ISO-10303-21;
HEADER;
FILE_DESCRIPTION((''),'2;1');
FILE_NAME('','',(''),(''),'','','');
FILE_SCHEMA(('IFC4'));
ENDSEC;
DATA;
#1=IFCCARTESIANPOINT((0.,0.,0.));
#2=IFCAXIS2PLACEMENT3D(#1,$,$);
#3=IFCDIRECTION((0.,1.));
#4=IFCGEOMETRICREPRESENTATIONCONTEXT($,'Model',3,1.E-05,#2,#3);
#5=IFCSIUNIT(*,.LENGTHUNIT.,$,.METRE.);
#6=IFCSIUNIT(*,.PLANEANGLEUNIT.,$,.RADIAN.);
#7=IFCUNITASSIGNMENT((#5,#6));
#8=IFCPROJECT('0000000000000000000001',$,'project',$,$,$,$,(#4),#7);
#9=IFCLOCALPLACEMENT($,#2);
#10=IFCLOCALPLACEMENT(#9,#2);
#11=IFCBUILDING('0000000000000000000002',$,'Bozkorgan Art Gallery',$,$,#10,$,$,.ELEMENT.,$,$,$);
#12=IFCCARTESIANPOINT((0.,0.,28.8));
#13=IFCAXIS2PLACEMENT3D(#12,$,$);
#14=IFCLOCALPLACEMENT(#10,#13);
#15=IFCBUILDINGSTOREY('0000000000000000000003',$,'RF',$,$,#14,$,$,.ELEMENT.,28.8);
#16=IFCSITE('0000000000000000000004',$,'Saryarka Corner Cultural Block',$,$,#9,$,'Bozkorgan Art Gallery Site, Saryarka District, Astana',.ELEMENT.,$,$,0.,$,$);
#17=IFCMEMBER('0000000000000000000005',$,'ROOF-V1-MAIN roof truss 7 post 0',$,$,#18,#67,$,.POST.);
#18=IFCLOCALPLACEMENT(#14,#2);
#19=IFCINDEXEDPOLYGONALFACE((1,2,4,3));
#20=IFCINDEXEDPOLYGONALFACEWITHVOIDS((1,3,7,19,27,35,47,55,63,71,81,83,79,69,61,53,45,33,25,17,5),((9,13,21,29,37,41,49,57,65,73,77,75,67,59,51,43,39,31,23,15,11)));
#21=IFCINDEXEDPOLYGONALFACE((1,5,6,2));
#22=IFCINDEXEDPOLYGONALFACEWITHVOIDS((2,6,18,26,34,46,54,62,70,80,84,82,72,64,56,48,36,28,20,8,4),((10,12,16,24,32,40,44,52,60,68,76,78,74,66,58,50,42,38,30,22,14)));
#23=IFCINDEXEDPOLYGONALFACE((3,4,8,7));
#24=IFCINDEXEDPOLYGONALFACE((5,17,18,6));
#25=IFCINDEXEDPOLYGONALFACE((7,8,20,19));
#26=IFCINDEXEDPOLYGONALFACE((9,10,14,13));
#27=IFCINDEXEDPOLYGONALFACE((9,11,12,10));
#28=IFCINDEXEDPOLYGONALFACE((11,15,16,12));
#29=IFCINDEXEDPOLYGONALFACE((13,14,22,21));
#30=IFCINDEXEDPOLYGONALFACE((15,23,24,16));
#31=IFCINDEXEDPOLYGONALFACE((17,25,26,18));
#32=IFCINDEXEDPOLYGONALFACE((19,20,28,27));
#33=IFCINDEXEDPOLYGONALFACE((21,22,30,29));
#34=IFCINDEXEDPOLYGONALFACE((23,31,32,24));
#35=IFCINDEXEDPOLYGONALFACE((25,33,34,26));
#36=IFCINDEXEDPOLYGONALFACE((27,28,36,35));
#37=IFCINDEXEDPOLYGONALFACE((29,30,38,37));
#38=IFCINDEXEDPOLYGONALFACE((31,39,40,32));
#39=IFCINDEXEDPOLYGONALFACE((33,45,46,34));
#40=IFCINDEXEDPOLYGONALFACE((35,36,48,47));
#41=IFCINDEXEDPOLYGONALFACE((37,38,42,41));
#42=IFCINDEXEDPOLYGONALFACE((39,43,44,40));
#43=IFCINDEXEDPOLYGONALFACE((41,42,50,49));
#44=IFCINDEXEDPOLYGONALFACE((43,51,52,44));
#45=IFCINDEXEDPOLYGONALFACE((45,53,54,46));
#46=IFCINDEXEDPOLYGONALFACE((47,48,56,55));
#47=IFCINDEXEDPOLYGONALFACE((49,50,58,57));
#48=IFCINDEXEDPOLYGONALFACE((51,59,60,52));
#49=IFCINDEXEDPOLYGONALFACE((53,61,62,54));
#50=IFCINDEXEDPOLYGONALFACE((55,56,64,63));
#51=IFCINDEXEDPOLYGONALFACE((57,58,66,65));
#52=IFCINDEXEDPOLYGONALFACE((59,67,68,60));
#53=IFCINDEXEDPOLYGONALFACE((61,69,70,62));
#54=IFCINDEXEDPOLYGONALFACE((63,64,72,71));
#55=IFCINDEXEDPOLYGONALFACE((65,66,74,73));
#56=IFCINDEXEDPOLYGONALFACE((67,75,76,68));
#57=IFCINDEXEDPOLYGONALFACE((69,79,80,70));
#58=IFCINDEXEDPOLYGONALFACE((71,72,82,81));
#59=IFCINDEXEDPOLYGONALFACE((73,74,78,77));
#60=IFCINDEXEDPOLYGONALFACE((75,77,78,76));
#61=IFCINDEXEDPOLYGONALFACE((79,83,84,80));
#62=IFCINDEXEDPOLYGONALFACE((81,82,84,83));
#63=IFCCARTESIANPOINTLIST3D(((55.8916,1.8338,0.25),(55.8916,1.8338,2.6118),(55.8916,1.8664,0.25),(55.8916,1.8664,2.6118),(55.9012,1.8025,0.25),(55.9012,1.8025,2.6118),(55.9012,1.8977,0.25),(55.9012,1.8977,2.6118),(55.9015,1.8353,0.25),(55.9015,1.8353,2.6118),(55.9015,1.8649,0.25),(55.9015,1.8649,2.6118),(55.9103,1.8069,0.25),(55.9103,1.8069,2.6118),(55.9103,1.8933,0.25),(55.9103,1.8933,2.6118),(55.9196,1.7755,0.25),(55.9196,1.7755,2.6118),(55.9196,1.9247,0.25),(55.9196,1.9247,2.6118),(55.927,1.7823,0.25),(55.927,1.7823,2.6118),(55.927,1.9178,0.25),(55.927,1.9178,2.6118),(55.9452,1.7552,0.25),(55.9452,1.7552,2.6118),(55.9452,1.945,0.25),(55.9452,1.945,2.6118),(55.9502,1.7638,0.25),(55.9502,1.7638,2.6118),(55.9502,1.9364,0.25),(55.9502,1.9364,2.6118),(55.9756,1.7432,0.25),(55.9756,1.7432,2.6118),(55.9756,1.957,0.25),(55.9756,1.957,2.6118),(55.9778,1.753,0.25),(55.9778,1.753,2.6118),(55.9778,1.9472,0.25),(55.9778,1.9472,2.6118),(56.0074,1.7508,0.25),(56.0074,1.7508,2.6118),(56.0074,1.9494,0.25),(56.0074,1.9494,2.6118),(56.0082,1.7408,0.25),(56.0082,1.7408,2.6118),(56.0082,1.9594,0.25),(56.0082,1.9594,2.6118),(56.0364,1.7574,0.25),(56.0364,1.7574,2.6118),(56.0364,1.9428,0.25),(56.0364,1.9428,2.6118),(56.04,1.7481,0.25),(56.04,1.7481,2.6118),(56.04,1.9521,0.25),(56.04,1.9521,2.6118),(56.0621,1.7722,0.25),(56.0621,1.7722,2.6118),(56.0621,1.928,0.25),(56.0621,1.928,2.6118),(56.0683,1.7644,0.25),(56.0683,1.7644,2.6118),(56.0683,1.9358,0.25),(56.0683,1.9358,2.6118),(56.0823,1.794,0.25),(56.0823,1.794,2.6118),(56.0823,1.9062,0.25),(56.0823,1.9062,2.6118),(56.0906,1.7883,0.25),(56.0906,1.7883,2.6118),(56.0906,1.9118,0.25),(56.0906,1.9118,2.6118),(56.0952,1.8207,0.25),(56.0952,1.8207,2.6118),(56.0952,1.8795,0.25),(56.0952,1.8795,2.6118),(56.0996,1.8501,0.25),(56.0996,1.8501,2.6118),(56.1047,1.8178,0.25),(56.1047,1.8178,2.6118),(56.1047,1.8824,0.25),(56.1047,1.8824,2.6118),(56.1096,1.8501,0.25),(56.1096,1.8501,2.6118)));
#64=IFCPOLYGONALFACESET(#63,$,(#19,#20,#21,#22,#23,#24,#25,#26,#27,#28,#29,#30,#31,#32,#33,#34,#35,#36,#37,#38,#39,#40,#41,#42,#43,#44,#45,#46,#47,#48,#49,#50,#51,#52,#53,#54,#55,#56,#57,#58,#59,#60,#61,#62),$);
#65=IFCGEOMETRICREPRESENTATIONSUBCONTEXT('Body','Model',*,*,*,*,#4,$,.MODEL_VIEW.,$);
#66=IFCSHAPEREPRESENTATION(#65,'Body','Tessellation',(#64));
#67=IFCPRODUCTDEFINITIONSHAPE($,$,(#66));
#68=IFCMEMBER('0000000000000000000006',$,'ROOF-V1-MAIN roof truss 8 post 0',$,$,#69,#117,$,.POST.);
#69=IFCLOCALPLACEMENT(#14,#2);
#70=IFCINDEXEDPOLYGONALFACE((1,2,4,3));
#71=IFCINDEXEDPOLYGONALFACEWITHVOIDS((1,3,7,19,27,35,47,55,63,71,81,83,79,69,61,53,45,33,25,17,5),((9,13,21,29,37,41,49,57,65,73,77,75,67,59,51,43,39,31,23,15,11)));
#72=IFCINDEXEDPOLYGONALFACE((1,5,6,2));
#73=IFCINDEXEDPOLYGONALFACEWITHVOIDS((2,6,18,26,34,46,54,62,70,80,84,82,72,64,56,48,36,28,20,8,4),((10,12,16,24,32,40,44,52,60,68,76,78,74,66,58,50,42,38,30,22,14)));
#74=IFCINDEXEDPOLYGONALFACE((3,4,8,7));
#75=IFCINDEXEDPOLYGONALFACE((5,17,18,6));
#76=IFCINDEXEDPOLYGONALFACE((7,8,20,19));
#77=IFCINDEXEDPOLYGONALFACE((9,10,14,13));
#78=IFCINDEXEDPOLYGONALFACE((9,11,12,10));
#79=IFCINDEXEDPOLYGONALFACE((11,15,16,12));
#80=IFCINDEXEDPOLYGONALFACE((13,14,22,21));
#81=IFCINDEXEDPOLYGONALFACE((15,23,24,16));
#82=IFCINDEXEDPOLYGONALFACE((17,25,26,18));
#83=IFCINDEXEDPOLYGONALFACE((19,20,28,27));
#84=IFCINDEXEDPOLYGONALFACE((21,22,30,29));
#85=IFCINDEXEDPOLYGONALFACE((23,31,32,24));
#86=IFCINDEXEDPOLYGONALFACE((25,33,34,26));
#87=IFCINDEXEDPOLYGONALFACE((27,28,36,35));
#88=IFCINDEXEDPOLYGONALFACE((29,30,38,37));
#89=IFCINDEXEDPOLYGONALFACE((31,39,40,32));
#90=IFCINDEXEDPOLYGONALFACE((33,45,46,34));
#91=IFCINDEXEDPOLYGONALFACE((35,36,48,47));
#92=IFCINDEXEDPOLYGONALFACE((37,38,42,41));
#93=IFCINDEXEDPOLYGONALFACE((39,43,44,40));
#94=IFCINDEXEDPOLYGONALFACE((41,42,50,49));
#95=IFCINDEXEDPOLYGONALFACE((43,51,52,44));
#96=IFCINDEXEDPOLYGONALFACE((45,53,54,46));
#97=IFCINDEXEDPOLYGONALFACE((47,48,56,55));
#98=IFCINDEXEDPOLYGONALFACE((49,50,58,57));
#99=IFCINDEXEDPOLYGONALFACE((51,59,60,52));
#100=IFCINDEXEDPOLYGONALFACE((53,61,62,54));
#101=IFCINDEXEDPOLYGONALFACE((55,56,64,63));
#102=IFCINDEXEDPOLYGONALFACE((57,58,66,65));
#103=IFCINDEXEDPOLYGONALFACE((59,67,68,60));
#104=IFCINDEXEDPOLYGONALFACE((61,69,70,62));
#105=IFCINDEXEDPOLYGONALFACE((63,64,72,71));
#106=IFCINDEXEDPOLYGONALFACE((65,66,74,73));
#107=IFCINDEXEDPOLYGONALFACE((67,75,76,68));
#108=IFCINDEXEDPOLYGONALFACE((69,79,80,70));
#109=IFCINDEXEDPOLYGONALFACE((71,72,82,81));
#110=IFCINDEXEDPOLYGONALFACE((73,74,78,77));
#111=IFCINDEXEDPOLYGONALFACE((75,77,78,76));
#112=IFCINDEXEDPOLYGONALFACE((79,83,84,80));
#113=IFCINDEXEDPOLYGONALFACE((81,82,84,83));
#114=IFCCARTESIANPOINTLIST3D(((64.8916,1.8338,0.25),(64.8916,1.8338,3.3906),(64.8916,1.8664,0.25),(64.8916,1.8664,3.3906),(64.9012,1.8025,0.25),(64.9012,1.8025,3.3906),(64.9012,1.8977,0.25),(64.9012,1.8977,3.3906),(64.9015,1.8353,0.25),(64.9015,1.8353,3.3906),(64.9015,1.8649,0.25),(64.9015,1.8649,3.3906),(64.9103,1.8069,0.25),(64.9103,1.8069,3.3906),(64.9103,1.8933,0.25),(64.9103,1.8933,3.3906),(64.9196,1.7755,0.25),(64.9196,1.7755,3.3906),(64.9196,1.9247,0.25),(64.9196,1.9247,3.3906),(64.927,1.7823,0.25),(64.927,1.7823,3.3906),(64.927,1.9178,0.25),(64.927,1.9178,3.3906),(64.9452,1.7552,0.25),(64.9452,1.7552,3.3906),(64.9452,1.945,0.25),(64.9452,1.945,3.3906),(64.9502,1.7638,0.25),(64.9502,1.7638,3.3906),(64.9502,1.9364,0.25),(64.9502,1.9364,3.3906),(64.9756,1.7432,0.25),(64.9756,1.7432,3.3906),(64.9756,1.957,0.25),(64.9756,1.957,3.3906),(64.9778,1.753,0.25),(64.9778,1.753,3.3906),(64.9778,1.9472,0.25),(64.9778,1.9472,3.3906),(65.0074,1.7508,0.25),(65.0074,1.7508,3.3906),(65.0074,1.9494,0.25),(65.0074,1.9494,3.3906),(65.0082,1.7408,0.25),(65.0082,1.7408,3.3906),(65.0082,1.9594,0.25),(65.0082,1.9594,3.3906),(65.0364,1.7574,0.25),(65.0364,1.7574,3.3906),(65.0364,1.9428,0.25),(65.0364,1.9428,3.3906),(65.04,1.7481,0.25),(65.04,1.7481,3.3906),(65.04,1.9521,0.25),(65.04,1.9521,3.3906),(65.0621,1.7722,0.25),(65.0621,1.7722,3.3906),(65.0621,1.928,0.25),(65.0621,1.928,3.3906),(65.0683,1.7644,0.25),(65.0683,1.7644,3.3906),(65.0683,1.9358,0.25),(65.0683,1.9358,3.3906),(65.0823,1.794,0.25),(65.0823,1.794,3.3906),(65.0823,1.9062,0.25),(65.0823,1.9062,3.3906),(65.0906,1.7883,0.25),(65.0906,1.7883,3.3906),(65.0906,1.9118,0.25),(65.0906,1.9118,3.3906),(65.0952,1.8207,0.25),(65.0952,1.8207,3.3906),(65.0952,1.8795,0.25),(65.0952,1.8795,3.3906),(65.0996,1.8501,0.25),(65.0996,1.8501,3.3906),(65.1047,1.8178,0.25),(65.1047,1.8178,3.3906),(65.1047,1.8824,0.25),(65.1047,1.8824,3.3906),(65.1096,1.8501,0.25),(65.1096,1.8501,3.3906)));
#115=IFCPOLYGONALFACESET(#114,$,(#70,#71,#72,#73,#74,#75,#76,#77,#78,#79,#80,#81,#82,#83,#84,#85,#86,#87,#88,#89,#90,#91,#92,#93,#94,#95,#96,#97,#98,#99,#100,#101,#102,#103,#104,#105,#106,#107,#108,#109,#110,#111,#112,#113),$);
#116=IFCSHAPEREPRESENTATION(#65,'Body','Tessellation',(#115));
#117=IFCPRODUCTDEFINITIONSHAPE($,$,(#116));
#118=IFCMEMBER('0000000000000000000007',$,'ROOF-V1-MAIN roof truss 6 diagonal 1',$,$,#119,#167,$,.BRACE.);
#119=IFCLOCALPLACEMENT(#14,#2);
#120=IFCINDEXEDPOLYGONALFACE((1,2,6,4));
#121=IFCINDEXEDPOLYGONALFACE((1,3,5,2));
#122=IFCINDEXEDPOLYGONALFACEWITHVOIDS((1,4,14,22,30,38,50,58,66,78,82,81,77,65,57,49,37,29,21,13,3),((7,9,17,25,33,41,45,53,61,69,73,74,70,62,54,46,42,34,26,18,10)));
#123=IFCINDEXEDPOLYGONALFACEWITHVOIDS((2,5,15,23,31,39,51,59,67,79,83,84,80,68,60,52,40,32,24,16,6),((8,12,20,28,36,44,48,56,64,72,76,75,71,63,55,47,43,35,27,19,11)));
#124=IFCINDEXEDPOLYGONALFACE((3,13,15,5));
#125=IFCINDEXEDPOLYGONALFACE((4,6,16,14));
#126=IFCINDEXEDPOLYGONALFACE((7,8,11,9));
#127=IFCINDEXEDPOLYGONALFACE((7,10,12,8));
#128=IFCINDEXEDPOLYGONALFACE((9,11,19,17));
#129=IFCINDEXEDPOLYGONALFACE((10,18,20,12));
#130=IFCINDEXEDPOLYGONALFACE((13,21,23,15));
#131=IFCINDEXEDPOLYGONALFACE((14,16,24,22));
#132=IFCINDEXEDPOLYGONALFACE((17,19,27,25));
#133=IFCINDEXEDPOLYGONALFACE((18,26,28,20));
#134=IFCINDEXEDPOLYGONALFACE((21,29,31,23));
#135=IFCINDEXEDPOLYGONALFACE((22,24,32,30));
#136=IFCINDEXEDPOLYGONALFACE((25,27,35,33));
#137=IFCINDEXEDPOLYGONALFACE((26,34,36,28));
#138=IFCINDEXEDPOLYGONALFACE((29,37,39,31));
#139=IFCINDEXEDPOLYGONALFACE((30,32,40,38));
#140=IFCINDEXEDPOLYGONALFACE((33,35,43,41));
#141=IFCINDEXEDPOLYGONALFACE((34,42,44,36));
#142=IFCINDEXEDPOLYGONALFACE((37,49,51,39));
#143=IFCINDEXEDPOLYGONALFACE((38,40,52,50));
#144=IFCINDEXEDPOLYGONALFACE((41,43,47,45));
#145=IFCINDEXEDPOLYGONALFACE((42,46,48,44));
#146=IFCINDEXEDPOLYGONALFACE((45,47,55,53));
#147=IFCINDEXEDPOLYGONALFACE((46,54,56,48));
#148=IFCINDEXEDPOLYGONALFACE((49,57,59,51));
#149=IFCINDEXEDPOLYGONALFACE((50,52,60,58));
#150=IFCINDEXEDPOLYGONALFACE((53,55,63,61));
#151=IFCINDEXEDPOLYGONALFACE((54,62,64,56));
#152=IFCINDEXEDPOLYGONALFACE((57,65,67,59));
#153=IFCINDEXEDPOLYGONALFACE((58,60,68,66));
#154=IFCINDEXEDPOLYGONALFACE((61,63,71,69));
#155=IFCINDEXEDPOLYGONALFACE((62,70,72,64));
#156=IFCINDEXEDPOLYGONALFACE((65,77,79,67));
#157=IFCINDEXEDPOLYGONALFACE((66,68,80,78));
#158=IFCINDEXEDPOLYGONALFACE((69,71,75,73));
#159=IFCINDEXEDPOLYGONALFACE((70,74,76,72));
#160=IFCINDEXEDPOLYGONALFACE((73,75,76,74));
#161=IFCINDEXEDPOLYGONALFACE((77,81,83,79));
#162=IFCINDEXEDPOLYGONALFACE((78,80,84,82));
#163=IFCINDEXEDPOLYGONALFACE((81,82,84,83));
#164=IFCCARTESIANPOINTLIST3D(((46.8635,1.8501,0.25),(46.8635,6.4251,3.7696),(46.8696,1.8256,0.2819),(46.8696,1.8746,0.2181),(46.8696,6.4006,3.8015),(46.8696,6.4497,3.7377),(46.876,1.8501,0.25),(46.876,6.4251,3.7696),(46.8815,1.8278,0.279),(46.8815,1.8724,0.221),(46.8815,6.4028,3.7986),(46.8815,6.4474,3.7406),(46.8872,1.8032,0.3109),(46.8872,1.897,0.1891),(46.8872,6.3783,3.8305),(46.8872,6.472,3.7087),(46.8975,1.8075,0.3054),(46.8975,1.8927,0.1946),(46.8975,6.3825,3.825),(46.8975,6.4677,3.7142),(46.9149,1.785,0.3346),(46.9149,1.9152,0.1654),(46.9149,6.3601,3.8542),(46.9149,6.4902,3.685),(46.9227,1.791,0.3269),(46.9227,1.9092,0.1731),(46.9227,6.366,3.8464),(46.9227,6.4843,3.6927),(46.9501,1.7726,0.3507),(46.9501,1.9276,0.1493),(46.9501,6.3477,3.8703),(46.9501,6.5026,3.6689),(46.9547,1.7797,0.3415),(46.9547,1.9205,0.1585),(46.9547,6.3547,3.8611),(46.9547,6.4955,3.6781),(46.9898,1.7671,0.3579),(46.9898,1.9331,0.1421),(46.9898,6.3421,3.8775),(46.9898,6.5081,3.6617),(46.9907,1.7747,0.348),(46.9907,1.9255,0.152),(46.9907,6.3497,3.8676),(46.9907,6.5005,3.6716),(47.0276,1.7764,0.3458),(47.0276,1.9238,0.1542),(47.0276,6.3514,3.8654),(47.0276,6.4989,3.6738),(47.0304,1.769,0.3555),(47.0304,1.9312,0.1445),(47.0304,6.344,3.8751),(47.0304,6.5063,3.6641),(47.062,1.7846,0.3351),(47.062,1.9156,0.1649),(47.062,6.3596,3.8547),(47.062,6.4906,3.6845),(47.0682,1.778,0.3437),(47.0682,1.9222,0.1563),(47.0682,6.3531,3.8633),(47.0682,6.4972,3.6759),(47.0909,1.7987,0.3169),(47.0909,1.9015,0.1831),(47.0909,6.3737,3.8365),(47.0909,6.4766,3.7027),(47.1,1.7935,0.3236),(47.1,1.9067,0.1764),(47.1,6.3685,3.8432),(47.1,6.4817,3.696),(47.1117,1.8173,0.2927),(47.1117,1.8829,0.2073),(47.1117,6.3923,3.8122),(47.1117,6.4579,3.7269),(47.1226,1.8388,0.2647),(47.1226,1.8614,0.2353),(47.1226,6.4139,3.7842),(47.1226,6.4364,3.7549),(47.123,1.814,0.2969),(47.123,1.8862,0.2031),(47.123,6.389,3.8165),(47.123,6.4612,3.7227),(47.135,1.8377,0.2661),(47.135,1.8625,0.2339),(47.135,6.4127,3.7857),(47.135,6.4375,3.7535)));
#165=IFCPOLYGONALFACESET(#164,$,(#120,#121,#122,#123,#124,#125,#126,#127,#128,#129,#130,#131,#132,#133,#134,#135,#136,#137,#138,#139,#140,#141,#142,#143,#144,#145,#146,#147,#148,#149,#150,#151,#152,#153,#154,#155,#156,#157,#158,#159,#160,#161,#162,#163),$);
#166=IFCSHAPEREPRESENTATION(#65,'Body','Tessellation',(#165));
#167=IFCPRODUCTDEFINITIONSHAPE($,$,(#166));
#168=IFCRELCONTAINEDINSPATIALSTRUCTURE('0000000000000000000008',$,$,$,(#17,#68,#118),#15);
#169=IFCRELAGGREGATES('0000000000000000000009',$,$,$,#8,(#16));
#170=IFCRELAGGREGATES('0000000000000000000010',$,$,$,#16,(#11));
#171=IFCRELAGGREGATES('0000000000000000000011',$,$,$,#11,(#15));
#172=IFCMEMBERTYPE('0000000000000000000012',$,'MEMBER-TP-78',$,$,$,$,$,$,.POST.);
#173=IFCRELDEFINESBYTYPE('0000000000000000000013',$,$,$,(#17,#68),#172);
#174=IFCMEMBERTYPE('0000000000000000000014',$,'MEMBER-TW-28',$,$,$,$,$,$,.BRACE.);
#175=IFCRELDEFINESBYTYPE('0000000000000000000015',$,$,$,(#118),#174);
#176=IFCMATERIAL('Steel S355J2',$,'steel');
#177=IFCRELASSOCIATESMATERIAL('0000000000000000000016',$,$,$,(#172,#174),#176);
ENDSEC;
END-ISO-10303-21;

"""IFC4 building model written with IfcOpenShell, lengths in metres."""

from ifc_helpers import new_model, si_unit, direction, frame, origin, origin_2d, place, context, subcontext, project, spatial, hollow_circle, extrude, material, material_profile, profile_set, type_object, element, save


model = new_model("IFC4")

# Units and contexts
model_context = context("Model", 3, precision=1e-05, world=origin(), true_north=direction((0.0, 1.0)))
body_context = subcontext(model_context, "Body", "Model", "MODEL_VIEW")
ifc_project = project(units=[si_unit("LENGTHUNIT", "METRE"), si_unit("PLANEANGLEUNIT", "RADIAN")], contexts=[model_context])

# Site, building, storey
site_placement = place(None, origin())
site = spatial("IfcSite", under=ifc_project, at=site_placement, Name="Saryarka Corner Cultural Block", LongName="Bozkorgan Art Gallery Site, Saryarka District, Astana", CompositionType="ELEMENT", RefElevation=0.0)
building_placement = place(site_placement, origin())
building = spatial("IfcBuilding", under=site, at=building_placement, Name="Bozkorgan Art Gallery", CompositionType="ELEMENT")
storey_placement = place(building_placement, frame((0.0, 0.0, 28.8)))
storey = spatial("IfcBuildingStorey", under=building, at=storey_placement, Name="RF", CompositionType="ELEMENT", Elevation=28.8)

# Shared definitions
ifc_material_1 = material(Name="Steel S355J2", Category="steel")

# Members
ifc_material_profile_1 = material_profile(ifc_material_1, hollow_circle(Radius=0.1096, WallThickness=0.01, at=origin_2d()), Name="CHS 219.1x10")
ifc_profile_set_1 = profile_set([ifc_material_profile_1], Name="Steel S355J2")
member_type_1 = type_object("IfcMemberType", Name="MEMBER-TP-78", PredefinedType="POST", material=ifc_profile_set_1)
member_1_placement = place(storey_placement, frame((56.0, 1.8501, 0.25), z_axis=(0.0, 0.0, 1.0), x_axis=(1.0, 0.0, 0.0)))
element("IfcMember", 1, at=member_1_placement, inside=storey, type_object=member_type_1, Name="ROOF-V1-MAIN roof truss 7 post 0", PredefinedType="POST", context=body_context, shape_type="SweptSolid", body=[
    extrude(hollow_circle(Radius=0.1096, WallThickness=0.01, at=origin_2d()), origin(), (0.0, 0.0, 1.0), 2.3618),
])
member_2_placement = place(storey_placement, frame((65.0, 1.8501, 0.25), z_axis=(0.0, 0.0, 1.0), x_axis=(1.0, 0.0, 0.0)))
element("IfcMember", 2, at=member_2_placement, inside=storey, type_object=member_type_1, Name="ROOF-V1-MAIN roof truss 8 post 0", PredefinedType="POST", context=body_context, shape_type="SweptSolid", body=[
    extrude(hollow_circle(Radius=0.1096, WallThickness=0.01, at=origin_2d()), origin(), (0.0, 0.0, 1.0), 3.1406),
])
ifc_material_profile_2 = material_profile(ifc_material_1, hollow_circle(Radius=0.1365, WallThickness=0.0125, at=origin_2d()), Name="CHS 273x12.5")
ifc_profile_set_2 = profile_set([ifc_material_profile_2], Name="Steel S355J2")
member_type_2 = type_object("IfcMemberType", Name="MEMBER-TW-28", PredefinedType="BRACE", material=ifc_profile_set_2)
for number, where, z_axis, x_axis, name in (
    (3, (47.0, 1.8501, 0.25), (0.0, 0.792596, 0.609748), (-1.0, 0.0, 0.0), "ROOF-V1-MAIN roof truss 6 diagonal 1"),
):
    element("IfcMember", number, at=place(storey_placement, frame(where, z_axis=z_axis, x_axis=x_axis)), inside=storey, type_object=member_type_2, Name=name, PredefinedType="BRACE", context=body_context, shape_type="SweptSolid", body=[
        extrude(hollow_circle(Radius=0.1365, WallThickness=0.0125, at=origin_2d()), origin(), (0.0, 0.0, 1.0), 5.7722),
    ])

save(model, "model.ifc")
